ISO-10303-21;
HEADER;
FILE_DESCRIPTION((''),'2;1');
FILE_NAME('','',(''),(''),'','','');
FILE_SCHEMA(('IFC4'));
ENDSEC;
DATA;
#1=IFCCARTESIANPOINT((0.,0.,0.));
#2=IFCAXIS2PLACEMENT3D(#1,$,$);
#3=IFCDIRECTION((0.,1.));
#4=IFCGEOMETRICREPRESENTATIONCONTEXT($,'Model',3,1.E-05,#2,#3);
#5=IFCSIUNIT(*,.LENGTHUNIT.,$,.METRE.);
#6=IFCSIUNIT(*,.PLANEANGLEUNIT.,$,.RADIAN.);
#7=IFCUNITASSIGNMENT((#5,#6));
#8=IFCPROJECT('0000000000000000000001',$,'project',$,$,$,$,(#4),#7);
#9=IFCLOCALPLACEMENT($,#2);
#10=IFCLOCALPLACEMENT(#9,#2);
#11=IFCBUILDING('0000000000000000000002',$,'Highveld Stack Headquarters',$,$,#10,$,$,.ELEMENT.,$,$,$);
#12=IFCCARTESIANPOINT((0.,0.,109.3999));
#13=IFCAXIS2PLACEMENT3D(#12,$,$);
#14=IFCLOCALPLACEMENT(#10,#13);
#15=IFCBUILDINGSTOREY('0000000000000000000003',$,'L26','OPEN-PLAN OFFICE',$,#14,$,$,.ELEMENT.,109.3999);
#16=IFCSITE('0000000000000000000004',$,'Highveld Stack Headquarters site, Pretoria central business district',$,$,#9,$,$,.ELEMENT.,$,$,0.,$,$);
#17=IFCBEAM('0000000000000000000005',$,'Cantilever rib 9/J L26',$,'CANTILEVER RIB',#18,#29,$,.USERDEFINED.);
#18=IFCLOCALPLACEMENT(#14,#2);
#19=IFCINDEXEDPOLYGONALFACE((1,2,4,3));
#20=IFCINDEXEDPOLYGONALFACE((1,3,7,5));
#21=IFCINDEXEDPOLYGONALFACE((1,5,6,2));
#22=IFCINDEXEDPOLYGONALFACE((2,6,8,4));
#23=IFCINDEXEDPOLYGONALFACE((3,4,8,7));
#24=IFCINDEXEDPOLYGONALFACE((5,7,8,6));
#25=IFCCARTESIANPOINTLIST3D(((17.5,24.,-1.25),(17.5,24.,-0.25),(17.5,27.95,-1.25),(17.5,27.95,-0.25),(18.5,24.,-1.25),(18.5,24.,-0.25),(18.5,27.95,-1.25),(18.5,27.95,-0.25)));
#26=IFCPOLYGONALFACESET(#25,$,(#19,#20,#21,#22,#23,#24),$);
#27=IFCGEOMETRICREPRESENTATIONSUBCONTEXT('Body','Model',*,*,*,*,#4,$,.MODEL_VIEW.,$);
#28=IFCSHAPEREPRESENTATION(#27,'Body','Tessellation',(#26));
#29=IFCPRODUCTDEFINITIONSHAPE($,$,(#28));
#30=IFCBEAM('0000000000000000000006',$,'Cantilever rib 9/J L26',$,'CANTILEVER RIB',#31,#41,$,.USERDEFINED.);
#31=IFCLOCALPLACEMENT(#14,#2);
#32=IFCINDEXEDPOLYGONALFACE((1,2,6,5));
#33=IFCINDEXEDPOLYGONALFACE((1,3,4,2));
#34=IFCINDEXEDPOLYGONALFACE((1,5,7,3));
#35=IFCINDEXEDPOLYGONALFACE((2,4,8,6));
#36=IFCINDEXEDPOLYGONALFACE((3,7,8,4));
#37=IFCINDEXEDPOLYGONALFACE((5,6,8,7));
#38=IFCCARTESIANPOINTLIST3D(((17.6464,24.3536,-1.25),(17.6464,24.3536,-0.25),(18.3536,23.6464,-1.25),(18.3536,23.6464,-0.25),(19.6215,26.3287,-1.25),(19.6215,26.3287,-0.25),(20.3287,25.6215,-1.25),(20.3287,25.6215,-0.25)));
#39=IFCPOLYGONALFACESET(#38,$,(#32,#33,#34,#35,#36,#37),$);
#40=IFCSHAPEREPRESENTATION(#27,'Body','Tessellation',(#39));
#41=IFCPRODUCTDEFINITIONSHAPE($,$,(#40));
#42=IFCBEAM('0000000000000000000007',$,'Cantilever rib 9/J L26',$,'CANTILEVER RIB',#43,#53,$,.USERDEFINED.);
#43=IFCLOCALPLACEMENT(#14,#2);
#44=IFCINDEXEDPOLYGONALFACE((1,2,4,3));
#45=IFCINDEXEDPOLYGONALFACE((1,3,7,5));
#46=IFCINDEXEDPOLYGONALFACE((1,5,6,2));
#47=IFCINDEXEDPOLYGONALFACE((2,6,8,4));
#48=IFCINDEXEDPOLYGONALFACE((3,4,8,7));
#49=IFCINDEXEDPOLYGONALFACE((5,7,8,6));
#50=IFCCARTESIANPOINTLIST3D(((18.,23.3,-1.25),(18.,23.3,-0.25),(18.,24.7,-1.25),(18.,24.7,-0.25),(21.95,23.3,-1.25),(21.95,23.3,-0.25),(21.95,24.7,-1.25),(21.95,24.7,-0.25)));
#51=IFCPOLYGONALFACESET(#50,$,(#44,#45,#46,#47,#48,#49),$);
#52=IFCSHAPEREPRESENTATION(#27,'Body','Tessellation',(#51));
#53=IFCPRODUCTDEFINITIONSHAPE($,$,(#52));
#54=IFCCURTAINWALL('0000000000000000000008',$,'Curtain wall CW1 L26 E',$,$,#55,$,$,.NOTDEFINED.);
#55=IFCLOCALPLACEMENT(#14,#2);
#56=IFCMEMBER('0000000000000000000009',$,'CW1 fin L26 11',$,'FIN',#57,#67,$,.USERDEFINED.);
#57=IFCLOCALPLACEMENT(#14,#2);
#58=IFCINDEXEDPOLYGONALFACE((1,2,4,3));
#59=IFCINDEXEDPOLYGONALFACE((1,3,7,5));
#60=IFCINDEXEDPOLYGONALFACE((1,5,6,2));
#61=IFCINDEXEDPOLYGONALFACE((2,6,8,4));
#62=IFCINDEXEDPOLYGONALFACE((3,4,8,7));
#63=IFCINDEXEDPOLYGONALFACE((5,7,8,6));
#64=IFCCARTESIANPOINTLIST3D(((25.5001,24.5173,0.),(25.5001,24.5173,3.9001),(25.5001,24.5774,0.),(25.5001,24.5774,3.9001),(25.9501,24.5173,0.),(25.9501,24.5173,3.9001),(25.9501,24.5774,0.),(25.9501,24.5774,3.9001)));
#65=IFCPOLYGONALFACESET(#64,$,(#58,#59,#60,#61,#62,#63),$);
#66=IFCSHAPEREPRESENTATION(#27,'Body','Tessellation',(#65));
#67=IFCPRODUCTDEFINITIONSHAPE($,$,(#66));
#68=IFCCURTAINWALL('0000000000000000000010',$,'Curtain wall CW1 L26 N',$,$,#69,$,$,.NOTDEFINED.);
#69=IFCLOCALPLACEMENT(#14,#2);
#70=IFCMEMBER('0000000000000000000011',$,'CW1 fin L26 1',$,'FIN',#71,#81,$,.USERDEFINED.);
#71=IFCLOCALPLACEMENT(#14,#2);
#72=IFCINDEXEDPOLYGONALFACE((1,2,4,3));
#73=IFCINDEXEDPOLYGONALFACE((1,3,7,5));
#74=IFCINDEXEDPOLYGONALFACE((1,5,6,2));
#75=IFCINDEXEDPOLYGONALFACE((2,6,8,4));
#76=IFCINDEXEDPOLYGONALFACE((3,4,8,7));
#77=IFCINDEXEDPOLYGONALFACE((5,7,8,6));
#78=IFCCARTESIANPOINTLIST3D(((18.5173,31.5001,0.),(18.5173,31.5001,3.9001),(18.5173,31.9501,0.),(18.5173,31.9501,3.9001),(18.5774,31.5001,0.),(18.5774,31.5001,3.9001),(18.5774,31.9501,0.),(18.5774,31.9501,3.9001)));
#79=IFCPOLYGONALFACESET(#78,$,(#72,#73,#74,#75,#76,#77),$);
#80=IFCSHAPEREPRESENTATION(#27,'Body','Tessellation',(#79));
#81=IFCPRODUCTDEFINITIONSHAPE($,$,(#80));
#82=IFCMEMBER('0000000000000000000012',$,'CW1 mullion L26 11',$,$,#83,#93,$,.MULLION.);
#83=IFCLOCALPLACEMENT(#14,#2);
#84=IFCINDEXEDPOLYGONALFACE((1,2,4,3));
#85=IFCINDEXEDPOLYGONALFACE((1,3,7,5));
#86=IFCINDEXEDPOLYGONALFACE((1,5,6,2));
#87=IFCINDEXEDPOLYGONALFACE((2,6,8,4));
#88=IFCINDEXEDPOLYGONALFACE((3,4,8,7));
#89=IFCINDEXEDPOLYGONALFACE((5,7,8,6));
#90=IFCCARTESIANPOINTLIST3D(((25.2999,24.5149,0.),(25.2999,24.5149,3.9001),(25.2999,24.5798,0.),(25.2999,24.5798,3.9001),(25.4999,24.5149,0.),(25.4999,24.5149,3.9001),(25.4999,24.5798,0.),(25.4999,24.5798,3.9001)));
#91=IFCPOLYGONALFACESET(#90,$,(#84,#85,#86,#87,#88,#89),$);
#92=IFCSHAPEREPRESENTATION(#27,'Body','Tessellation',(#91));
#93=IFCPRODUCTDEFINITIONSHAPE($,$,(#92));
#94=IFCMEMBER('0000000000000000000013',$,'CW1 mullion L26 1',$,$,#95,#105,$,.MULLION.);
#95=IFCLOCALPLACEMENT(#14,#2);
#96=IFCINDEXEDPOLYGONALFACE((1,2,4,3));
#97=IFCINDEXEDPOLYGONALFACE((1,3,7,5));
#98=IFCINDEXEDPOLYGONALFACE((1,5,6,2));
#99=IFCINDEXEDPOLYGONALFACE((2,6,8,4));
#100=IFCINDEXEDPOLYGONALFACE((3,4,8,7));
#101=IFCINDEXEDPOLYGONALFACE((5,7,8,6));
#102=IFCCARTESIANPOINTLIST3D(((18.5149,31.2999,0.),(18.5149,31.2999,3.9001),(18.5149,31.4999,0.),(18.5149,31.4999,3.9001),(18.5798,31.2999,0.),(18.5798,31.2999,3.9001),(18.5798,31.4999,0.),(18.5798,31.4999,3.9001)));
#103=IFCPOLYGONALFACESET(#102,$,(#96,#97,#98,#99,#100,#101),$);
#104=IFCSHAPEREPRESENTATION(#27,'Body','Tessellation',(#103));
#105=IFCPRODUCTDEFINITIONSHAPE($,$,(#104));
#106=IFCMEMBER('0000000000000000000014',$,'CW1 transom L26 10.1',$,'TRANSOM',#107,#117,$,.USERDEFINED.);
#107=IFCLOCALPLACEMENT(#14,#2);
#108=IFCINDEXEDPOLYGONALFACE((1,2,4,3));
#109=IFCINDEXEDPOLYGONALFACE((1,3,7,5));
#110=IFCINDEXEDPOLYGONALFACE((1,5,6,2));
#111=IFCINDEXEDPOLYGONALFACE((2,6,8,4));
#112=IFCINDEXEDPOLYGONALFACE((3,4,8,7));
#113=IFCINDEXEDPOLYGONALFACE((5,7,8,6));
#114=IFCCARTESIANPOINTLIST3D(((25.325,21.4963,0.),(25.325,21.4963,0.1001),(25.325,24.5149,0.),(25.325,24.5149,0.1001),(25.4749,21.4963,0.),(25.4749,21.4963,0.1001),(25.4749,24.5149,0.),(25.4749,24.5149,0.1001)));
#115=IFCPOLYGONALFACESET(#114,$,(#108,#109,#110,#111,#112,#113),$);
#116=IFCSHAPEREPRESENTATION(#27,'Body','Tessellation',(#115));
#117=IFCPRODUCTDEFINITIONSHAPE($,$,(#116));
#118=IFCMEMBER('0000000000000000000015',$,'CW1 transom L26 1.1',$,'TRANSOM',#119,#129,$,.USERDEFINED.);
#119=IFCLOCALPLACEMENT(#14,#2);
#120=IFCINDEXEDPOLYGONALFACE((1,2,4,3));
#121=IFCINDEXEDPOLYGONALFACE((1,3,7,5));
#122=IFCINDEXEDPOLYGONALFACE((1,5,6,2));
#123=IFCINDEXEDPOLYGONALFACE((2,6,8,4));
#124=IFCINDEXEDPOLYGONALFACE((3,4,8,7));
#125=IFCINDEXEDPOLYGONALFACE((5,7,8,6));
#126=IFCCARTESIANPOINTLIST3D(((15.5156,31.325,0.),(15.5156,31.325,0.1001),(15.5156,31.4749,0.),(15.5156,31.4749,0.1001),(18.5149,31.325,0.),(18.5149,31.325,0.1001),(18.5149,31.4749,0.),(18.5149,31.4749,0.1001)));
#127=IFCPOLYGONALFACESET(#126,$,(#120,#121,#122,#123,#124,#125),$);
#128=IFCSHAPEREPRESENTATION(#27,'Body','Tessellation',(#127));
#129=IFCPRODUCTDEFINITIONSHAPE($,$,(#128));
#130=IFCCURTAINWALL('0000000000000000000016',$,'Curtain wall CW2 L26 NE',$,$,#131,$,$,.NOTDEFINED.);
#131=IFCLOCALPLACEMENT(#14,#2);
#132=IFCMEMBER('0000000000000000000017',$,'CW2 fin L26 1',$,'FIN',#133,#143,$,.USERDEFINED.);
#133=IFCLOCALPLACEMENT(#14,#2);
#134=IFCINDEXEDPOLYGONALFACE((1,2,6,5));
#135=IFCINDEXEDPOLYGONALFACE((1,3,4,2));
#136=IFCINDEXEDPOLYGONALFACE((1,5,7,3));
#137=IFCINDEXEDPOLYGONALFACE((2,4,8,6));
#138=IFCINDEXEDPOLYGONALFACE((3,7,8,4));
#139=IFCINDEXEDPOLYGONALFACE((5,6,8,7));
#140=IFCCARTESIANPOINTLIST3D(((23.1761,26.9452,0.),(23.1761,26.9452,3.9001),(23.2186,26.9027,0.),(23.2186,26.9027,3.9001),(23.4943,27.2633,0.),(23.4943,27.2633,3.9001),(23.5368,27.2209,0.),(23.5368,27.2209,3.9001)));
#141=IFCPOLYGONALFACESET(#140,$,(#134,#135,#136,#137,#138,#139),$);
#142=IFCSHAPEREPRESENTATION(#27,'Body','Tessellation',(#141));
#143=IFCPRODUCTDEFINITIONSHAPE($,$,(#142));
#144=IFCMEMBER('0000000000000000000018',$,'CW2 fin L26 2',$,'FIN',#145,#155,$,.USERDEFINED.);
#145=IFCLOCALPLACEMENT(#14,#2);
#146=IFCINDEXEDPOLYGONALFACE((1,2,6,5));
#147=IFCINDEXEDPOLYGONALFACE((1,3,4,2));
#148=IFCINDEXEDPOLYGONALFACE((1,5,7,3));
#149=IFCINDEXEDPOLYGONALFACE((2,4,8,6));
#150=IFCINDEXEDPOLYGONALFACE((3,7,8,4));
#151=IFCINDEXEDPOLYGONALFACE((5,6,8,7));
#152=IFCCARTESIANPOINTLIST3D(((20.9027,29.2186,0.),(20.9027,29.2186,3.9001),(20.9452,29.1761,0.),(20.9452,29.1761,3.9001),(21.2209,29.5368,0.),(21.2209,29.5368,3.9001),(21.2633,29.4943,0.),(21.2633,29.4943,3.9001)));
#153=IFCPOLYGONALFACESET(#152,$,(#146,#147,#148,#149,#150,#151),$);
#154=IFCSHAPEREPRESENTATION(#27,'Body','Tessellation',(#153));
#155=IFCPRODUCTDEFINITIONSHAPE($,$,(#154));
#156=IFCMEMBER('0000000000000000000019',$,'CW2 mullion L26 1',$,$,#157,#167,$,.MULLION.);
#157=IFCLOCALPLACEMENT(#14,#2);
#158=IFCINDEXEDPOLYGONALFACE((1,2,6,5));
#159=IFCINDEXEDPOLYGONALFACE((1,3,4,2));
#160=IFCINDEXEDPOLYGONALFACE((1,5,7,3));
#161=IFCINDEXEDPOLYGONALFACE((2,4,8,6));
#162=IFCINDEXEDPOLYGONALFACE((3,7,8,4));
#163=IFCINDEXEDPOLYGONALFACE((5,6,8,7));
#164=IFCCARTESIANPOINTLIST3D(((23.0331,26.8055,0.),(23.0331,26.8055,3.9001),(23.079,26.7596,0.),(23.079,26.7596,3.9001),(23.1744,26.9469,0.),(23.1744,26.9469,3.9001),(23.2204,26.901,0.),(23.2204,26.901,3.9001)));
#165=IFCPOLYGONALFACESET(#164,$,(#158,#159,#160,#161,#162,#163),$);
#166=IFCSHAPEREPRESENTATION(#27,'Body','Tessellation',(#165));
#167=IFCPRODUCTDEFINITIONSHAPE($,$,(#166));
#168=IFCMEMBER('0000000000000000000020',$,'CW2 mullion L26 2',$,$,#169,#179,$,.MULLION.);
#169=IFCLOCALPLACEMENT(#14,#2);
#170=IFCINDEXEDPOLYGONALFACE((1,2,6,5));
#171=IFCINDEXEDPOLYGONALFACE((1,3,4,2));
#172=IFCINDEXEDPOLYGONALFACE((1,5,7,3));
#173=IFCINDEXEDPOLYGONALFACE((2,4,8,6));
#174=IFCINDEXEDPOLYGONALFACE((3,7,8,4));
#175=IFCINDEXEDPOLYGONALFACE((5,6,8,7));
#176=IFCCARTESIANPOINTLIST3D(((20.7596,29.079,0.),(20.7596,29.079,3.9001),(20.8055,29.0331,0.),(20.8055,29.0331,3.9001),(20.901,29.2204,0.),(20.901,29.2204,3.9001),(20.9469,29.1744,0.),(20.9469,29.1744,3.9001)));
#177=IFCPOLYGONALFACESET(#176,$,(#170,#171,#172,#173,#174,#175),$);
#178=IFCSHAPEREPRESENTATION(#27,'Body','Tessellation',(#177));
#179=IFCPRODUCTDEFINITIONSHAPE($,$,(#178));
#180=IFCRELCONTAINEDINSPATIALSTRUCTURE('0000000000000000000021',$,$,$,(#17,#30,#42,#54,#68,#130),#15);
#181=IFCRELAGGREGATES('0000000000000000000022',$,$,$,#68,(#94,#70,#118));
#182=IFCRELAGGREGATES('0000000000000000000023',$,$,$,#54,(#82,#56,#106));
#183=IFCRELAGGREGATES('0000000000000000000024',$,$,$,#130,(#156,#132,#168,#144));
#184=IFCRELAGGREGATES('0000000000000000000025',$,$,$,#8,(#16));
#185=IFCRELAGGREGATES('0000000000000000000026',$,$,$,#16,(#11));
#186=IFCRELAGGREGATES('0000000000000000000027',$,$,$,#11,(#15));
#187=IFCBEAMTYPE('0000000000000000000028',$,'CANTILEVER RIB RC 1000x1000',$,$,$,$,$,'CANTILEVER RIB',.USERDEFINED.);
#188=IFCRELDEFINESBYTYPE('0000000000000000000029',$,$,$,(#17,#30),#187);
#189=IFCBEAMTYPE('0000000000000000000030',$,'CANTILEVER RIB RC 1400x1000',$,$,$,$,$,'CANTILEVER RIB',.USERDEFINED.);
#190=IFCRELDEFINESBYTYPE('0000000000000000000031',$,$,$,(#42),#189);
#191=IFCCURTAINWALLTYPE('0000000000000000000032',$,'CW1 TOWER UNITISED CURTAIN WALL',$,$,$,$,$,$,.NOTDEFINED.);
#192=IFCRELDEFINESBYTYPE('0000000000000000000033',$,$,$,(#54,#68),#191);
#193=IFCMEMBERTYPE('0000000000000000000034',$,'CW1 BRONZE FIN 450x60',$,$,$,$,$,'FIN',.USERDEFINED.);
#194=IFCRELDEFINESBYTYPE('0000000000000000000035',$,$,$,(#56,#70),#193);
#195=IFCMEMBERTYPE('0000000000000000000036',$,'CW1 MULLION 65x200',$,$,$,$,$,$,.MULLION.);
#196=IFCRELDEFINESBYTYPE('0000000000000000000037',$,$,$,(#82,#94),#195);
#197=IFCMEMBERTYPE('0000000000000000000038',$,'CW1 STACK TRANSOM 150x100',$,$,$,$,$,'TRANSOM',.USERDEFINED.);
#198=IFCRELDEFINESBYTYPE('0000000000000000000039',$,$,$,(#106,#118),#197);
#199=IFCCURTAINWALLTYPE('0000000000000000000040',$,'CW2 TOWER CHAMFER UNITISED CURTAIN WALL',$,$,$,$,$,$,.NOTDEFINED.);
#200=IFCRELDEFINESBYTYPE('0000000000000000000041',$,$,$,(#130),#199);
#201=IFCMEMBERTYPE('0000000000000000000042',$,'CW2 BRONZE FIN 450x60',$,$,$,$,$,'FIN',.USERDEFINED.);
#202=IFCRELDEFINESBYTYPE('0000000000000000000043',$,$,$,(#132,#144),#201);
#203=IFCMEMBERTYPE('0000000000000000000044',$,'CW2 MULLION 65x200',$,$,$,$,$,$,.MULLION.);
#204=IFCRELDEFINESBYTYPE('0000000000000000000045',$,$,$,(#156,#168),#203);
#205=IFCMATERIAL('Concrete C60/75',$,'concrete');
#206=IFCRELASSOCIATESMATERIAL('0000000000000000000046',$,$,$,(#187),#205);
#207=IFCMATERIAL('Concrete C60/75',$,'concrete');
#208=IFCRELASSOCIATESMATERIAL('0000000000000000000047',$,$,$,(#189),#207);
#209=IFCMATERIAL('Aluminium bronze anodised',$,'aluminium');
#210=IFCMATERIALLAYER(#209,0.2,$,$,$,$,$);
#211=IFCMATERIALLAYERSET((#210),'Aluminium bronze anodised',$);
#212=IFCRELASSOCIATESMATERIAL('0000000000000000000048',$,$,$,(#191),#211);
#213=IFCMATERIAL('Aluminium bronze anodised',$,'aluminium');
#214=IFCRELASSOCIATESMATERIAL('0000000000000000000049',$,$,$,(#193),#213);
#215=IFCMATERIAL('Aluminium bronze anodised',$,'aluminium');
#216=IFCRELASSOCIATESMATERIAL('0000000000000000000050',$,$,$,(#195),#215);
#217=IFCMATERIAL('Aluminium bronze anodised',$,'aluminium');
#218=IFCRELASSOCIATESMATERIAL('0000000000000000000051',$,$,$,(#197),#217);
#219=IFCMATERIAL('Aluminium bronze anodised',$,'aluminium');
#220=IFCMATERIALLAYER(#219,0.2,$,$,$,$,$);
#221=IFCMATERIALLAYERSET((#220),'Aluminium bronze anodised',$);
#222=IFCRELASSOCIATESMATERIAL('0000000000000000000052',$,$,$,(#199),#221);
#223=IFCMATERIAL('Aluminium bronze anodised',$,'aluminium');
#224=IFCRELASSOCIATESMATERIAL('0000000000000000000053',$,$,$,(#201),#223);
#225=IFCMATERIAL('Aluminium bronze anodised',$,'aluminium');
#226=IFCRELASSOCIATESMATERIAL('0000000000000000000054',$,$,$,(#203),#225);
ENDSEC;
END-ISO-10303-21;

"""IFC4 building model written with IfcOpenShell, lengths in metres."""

from ifc_helpers import new_model, si_unit, direction, frame, origin, origin_2d, place, context, subcontext, project, spatial, rectangle, extrude, material, layer, layer_set, material_profile, profile_set, type_object, element, aggregate, save


model = new_model("IFC4")

# Units and contexts
model_context = context("Model", 3, precision=1e-05, world=origin(), true_north=direction((0.0, 1.0)))
body_context = subcontext(model_context, "Body", "Model", "MODEL_VIEW")
ifc_project = project(units=[si_unit("LENGTHUNIT", "METRE"), si_unit("PLANEANGLEUNIT", "RADIAN")], contexts=[model_context])

# Site, building, storey
site_placement = place(None, origin())
site = spatial("IfcSite", under=ifc_project, at=site_placement, Name="Highveld Stack Headquarters site, Pretoria central business district", CompositionType="ELEMENT", RefElevation=0.0)
building_placement = place(site_placement, origin())
building = spatial("IfcBuilding", under=site, at=building_placement, Name="Highveld Stack Headquarters", CompositionType="ELEMENT")
storey_placement = place(building_placement, frame((0.0, 0.0, 109.3999)))
storey = spatial("IfcBuildingStorey", under=building, at=storey_placement, Name="L26", Description="OPEN-PLAN OFFICE", CompositionType="ELEMENT", Elevation=109.3999)

# Beams
ifc_material_1 = material(Name="Concrete C60/75", Category="concrete")
ifc_material_profile_1 = material_profile(ifc_material_1, rectangle(XDim=1.0, YDim=1.0, at=origin_2d()), Name="RC 1000x1000")
ifc_profile_set_1 = profile_set([ifc_material_profile_1], Name="Concrete C60/75")
beam_type_1 = type_object("IfcBeamType", Name="CANTILEVER RIB RC 1000x1000", ElementType="CANTILEVER RIB", PredefinedType="USERDEFINED", material=ifc_profile_set_1)
beam_1_placement = place(storey_placement, frame((18.0, 24.0, -0.75), z_axis=(0.0, 1.0, 0.0), x_axis=(-1.0, 0.0, 0.0)))
element("IfcBeam", 1, at=beam_1_placement, inside=storey, type_object=beam_type_1, Name="Cantilever rib 9/J L26", ObjectType="CANTILEVER RIB", PredefinedType="USERDEFINED", context=body_context, shape_type="SweptSolid", body=[
    extrude(rectangle(XDim=1.0, YDim=1.0, at=origin_2d()), origin(), (0.0, 0.0, 1.0), 3.95),
])
beam_2_placement = place(storey_placement, frame((18.0, 24.0, -0.75), z_axis=(0.707107, 0.707107, 0.0), x_axis=(-0.707107, 0.707107, 0.0)))
element("IfcBeam", 2, at=beam_2_placement, inside=storey, type_object=beam_type_1, Name="Cantilever rib 9/J L26", ObjectType="CANTILEVER RIB", PredefinedType="USERDEFINED", context=body_context, shape_type="SweptSolid", body=[
    extrude(rectangle(XDim=1.0, YDim=1.0, at=origin_2d()), origin(), (0.0, 0.0, 1.0), 2.7932),
])
ifc_material_2 = material(Name="Concrete C60/75", Category="concrete")
ifc_material_profile_2 = material_profile(ifc_material_2, rectangle(XDim=1.3999, YDim=1.0, at=origin_2d()), Name="RC 1400x1000")
ifc_profile_set_2 = profile_set([ifc_material_profile_2], Name="Concrete C60/75")
beam_type_2 = type_object("IfcBeamType", Name="CANTILEVER RIB RC 1400x1000", ElementType="CANTILEVER RIB", PredefinedType="USERDEFINED", material=ifc_profile_set_2)
beam_3_placement = place(storey_placement, frame((18.0, 24.0, -0.75), z_axis=(1.0, 0.0, 0.0), x_axis=(0.0, 1.0, 0.0)))
element("IfcBeam", 3, at=beam_3_placement, inside=storey, type_object=beam_type_2, Name="Cantilever rib 9/J L26", ObjectType="CANTILEVER RIB", PredefinedType="USERDEFINED", context=body_context, shape_type="SweptSolid", body=[
    extrude(rectangle(XDim=1.3999, YDim=1.0, at=origin_2d()), origin(), (0.0, 0.0, 1.0), 3.95),
])

# Curtain walls, members
ifc_material_3 = material(Name="Aluminium bronze anodised", Category="aluminium")
ifc_layer_1 = layer(ifc_material_3, 0.2)
ifc_layer_set_1 = layer_set([ifc_layer_1], Name="Aluminium bronze anodised")
curtain_wall_type_1 = type_object("IfcCurtainWallType", Name="CW1 TOWER UNITISED CURTAIN WALL", PredefinedType="NOTDEFINED", material=ifc_layer_set_1)
curtain_wall_1_placement = place(storey_placement, origin())
curtain_wall_1 = element("IfcCurtainWall", 4, at=curtain_wall_1_placement, inside=storey, type_object=curtain_wall_type_1, Name="Curtain wall CW1 L26 E", PredefinedType="NOTDEFINED")
ifc_material_4 = material(Name="Aluminium bronze anodised", Category="aluminium")
ifc_material_profile_3 = material_profile(ifc_material_4, rectangle(XDim=0.45, YDim=0.0601, at=origin_2d()), Name="FIN 450x60")
ifc_profile_set_3 = profile_set([ifc_material_profile_3], Name="Aluminium bronze anodised")
member_type_1 = type_object("IfcMemberType", Name="CW1 BRONZE FIN 450x60", ElementType="FIN", PredefinedType="USERDEFINED", material=ifc_profile_set_3)
member_1_placement = place(storey_placement, frame((25.7251, 24.5474, 0.0), z_axis=(0.0, 0.0, 1.0), x_axis=(-1.0, 0.0, 0.0)))
member_1 = element("IfcMember", 5, at=member_1_placement, type_object=member_type_1, Name="CW1 fin L26 11", ObjectType="FIN", PredefinedType="USERDEFINED", context=body_context, shape_type="SweptSolid", body=[
    extrude(rectangle(XDim=0.45, YDim=0.0601, at=origin_2d()), origin(), (0.0, 0.0, 1.0), 3.9001),
])
curtain_wall_2_placement = place(storey_placement, origin())
curtain_wall_2 = element("IfcCurtainWall", 6, at=curtain_wall_2_placement, inside=storey, type_object=curtain_wall_type_1, Name="Curtain wall CW1 L26 N", PredefinedType="NOTDEFINED")
member_2_placement = place(storey_placement, frame((18.5474, 31.7251, 0.0), z_axis=(0.0, 0.0, 1.0), x_axis=(0.0, -1.0, 0.0)))
member_2 = element("IfcMember", 7, at=member_2_placement, type_object=member_type_1, Name="CW1 fin L26 1", ObjectType="FIN", PredefinedType="USERDEFINED", context=body_context, shape_type="SweptSolid", body=[
    extrude(rectangle(XDim=0.45, YDim=0.0601, at=origin_2d()), origin(), (0.0, 0.0, 1.0), 3.9001),
])

# Members
ifc_material_5 = material(Name="Aluminium bronze anodised", Category="aluminium")
ifc_material_profile_4 = material_profile(ifc_material_5, rectangle(XDim=0.2, YDim=0.0649, at=origin_2d()), Name="CW1 MULLION 65x200")
ifc_profile_set_4 = profile_set([ifc_material_profile_4], Name="Aluminium bronze anodised")
member_type_2 = type_object("IfcMemberType", Name="CW1 MULLION 65x200", PredefinedType="MULLION", material=ifc_profile_set_4)
member_3_placement = place(storey_placement, frame((25.3999, 24.5474, 0.0), z_axis=(0.0, 0.0, 1.0), x_axis=(-1.0, 0.0, 0.0)))
member_3 = element("IfcMember", 8, at=member_3_placement, type_object=member_type_2, Name="CW1 mullion L26 11", PredefinedType="MULLION", context=body_context, shape_type="SweptSolid", body=[
    extrude(rectangle(XDim=0.2, YDim=0.0649, at=origin_2d()), origin(), (0.0, 0.0, 1.0), 3.9001),
])
member_4_placement = place(storey_placement, frame((18.5474, 31.3999, 0.0), z_axis=(0.0, 0.0, 1.0), x_axis=(0.0, -1.0, 0.0)))
member_4 = element("IfcMember", 9, at=member_4_placement, type_object=member_type_2, Name="CW1 mullion L26 1", PredefinedType="MULLION", context=body_context, shape_type="SweptSolid", body=[
    extrude(rectangle(XDim=0.2, YDim=0.0649, at=origin_2d()), origin(), (0.0, 0.0, 1.0), 3.9001),
])
ifc_material_6 = material(Name="Aluminium bronze anodised", Category="aluminium")
ifc_material_profile_5 = material_profile(ifc_material_6, rectangle(XDim=0.1499, YDim=0.1001, at=origin_2d()), Name="CW1 TRANSOM 150x100")
ifc_profile_set_5 = profile_set([ifc_material_profile_5], Name="Aluminium bronze anodised")
member_type_3 = type_object("IfcMemberType", Name="CW1 STACK TRANSOM 150x100", ElementType="TRANSOM", PredefinedType="USERDEFINED", material=ifc_profile_set_5)
member_5_placement = place(storey_placement, frame((25.3999, 21.4963, 0.05), z_axis=(0.0, 1.0, 0.0), x_axis=(-1.0, 0.0, 0.0)))
member_5 = element("IfcMember", 10, at=member_5_placement, type_object=member_type_3, Name="CW1 transom L26 10.1", ObjectType="TRANSOM", PredefinedType="USERDEFINED", context=body_context, shape_type="SweptSolid", body=[
    extrude(rectangle(XDim=0.1499, YDim=0.1001, at=origin_2d()), origin(), (0.0, 0.0, 1.0), 3.0186),
])
member_6_placement = place(storey_placement, frame((18.5149, 31.3999, 0.05), z_axis=(-1.0, 0.0, 0.0), x_axis=(0.0, -1.0, 0.0)))
member_6 = element("IfcMember", 11, at=member_6_placement, type_object=member_type_3, Name="CW1 transom L26 1.1", ObjectType="TRANSOM", PredefinedType="USERDEFINED", context=body_context, shape_type="SweptSolid", body=[
    extrude(rectangle(XDim=0.1499, YDim=0.1001, at=origin_2d()), origin(), (0.0, 0.0, 1.0), 2.9993),
])
aggregate(curtain_wall_2, [member_4, member_2, member_6])

# Curtain wall, members
ifc_material_7 = material(Name="Aluminium bronze anodised", Category="aluminium")
ifc_layer_2 = layer(ifc_material_7, 0.2)
ifc_layer_set_2 = layer_set([ifc_layer_2], Name="Aluminium bronze anodised")
curtain_wall_type_2 = type_object("IfcCurtainWallType", Name="CW2 TOWER CHAMFER UNITISED CURTAIN WALL", PredefinedType="NOTDEFINED", material=ifc_layer_set_2)
curtain_wall_3_placement = place(storey_placement, origin())
curtain_wall_3 = element("IfcCurtainWall", 12, at=curtain_wall_3_placement, inside=storey, type_object=curtain_wall_type_2, Name="Curtain wall CW2 L26 NE", PredefinedType="NOTDEFINED")
ifc_material_8 = material(Name="Aluminium bronze anodised", Category="aluminium")
ifc_material_profile_6 = material_profile(ifc_material_8, rectangle(XDim=0.45, YDim=0.0601, at=origin_2d()), Name="FIN 450x60")
ifc_profile_set_6 = profile_set([ifc_material_profile_6], Name="Aluminium bronze anodised")
member_type_4 = type_object("IfcMemberType", Name="CW2 BRONZE FIN 450x60", ElementType="FIN", PredefinedType="USERDEFINED", material=ifc_profile_set_6)
member_7_placement = place(storey_placement, frame((23.3564, 27.083, 0.0), z_axis=(0.0, 0.0, 1.0), x_axis=(-0.707107, -0.707107, 0.0)))
member_7 = element("IfcMember", 13, at=member_7_placement, type_object=member_type_4, Name="CW2 fin L26 1", ObjectType="FIN", PredefinedType="USERDEFINED", context=body_context, shape_type="SweptSolid", body=[
    extrude(rectangle(XDim=0.45, YDim=0.0601, at=origin_2d()), origin(), (0.0, 0.0, 1.0), 3.9001),
])
member_8_placement = place(storey_placement, frame((21.083, 29.3564, 0.0), z_axis=(0.0, 0.0, 1.0), x_axis=(-0.707107, -0.707107, 0.0)))
member_8 = element("IfcMember", 14, at=member_8_placement, type_object=member_type_4, Name="CW2 fin L26 2", ObjectType="FIN", PredefinedType="USERDEFINED", context=body_context, shape_type="SweptSolid", body=[
    extrude(rectangle(XDim=0.45, YDim=0.0601, at=origin_2d()), origin(), (0.0, 0.0, 1.0), 3.9001),
])
ifc_material_9 = material(Name="Aluminium bronze anodised", Category="aluminium")
ifc_material_profile_7 = material_profile(ifc_material_9, rectangle(XDim=0.2, YDim=0.0649, at=origin_2d()), Name="CW2 MULLION 65x200")
ifc_profile_set_7 = profile_set([ifc_material_profile_7], Name="Aluminium bronze anodised")
member_type_5 = type_object("IfcMemberType", Name="CW2 MULLION 65x200", PredefinedType="MULLION", material=ifc_profile_set_7)
member_9_placement = place(storey_placement, frame((23.1267, 26.8533, 0.0), z_axis=(0.0, 0.0, 1.0), x_axis=(-0.707107, -0.707107, 0.0)))
member_9 = element("IfcMember", 15, at=member_9_placement, type_object=member_type_5, Name="CW2 mullion L26 1", PredefinedType="MULLION", context=body_context, shape_type="SweptSolid", body=[
    extrude(rectangle(XDim=0.2, YDim=0.0649, at=origin_2d()), origin(), (0.0, 0.0, 1.0), 3.9001),
])
member_10_placement = place(storey_placement, frame((20.8533, 29.1267, 0.0), z_axis=(0.0, 0.0, 1.0), x_axis=(-0.707107, -0.707107, 0.0)))
member_10 = element("IfcMember", 16, at=member_10_placement, type_object=member_type_5, Name="CW2 mullion L26 2", PredefinedType="MULLION", context=body_context, shape_type="SweptSolid", body=[
    extrude(rectangle(XDim=0.2, YDim=0.0649, at=origin_2d()), origin(), (0.0, 0.0, 1.0), 3.9001),
])

aggregate(curtain_wall_1, [member_3, member_1, member_5])
aggregate(curtain_wall_3, [member_9, member_7, member_10, member_8])

save(model, "model.ifc")
